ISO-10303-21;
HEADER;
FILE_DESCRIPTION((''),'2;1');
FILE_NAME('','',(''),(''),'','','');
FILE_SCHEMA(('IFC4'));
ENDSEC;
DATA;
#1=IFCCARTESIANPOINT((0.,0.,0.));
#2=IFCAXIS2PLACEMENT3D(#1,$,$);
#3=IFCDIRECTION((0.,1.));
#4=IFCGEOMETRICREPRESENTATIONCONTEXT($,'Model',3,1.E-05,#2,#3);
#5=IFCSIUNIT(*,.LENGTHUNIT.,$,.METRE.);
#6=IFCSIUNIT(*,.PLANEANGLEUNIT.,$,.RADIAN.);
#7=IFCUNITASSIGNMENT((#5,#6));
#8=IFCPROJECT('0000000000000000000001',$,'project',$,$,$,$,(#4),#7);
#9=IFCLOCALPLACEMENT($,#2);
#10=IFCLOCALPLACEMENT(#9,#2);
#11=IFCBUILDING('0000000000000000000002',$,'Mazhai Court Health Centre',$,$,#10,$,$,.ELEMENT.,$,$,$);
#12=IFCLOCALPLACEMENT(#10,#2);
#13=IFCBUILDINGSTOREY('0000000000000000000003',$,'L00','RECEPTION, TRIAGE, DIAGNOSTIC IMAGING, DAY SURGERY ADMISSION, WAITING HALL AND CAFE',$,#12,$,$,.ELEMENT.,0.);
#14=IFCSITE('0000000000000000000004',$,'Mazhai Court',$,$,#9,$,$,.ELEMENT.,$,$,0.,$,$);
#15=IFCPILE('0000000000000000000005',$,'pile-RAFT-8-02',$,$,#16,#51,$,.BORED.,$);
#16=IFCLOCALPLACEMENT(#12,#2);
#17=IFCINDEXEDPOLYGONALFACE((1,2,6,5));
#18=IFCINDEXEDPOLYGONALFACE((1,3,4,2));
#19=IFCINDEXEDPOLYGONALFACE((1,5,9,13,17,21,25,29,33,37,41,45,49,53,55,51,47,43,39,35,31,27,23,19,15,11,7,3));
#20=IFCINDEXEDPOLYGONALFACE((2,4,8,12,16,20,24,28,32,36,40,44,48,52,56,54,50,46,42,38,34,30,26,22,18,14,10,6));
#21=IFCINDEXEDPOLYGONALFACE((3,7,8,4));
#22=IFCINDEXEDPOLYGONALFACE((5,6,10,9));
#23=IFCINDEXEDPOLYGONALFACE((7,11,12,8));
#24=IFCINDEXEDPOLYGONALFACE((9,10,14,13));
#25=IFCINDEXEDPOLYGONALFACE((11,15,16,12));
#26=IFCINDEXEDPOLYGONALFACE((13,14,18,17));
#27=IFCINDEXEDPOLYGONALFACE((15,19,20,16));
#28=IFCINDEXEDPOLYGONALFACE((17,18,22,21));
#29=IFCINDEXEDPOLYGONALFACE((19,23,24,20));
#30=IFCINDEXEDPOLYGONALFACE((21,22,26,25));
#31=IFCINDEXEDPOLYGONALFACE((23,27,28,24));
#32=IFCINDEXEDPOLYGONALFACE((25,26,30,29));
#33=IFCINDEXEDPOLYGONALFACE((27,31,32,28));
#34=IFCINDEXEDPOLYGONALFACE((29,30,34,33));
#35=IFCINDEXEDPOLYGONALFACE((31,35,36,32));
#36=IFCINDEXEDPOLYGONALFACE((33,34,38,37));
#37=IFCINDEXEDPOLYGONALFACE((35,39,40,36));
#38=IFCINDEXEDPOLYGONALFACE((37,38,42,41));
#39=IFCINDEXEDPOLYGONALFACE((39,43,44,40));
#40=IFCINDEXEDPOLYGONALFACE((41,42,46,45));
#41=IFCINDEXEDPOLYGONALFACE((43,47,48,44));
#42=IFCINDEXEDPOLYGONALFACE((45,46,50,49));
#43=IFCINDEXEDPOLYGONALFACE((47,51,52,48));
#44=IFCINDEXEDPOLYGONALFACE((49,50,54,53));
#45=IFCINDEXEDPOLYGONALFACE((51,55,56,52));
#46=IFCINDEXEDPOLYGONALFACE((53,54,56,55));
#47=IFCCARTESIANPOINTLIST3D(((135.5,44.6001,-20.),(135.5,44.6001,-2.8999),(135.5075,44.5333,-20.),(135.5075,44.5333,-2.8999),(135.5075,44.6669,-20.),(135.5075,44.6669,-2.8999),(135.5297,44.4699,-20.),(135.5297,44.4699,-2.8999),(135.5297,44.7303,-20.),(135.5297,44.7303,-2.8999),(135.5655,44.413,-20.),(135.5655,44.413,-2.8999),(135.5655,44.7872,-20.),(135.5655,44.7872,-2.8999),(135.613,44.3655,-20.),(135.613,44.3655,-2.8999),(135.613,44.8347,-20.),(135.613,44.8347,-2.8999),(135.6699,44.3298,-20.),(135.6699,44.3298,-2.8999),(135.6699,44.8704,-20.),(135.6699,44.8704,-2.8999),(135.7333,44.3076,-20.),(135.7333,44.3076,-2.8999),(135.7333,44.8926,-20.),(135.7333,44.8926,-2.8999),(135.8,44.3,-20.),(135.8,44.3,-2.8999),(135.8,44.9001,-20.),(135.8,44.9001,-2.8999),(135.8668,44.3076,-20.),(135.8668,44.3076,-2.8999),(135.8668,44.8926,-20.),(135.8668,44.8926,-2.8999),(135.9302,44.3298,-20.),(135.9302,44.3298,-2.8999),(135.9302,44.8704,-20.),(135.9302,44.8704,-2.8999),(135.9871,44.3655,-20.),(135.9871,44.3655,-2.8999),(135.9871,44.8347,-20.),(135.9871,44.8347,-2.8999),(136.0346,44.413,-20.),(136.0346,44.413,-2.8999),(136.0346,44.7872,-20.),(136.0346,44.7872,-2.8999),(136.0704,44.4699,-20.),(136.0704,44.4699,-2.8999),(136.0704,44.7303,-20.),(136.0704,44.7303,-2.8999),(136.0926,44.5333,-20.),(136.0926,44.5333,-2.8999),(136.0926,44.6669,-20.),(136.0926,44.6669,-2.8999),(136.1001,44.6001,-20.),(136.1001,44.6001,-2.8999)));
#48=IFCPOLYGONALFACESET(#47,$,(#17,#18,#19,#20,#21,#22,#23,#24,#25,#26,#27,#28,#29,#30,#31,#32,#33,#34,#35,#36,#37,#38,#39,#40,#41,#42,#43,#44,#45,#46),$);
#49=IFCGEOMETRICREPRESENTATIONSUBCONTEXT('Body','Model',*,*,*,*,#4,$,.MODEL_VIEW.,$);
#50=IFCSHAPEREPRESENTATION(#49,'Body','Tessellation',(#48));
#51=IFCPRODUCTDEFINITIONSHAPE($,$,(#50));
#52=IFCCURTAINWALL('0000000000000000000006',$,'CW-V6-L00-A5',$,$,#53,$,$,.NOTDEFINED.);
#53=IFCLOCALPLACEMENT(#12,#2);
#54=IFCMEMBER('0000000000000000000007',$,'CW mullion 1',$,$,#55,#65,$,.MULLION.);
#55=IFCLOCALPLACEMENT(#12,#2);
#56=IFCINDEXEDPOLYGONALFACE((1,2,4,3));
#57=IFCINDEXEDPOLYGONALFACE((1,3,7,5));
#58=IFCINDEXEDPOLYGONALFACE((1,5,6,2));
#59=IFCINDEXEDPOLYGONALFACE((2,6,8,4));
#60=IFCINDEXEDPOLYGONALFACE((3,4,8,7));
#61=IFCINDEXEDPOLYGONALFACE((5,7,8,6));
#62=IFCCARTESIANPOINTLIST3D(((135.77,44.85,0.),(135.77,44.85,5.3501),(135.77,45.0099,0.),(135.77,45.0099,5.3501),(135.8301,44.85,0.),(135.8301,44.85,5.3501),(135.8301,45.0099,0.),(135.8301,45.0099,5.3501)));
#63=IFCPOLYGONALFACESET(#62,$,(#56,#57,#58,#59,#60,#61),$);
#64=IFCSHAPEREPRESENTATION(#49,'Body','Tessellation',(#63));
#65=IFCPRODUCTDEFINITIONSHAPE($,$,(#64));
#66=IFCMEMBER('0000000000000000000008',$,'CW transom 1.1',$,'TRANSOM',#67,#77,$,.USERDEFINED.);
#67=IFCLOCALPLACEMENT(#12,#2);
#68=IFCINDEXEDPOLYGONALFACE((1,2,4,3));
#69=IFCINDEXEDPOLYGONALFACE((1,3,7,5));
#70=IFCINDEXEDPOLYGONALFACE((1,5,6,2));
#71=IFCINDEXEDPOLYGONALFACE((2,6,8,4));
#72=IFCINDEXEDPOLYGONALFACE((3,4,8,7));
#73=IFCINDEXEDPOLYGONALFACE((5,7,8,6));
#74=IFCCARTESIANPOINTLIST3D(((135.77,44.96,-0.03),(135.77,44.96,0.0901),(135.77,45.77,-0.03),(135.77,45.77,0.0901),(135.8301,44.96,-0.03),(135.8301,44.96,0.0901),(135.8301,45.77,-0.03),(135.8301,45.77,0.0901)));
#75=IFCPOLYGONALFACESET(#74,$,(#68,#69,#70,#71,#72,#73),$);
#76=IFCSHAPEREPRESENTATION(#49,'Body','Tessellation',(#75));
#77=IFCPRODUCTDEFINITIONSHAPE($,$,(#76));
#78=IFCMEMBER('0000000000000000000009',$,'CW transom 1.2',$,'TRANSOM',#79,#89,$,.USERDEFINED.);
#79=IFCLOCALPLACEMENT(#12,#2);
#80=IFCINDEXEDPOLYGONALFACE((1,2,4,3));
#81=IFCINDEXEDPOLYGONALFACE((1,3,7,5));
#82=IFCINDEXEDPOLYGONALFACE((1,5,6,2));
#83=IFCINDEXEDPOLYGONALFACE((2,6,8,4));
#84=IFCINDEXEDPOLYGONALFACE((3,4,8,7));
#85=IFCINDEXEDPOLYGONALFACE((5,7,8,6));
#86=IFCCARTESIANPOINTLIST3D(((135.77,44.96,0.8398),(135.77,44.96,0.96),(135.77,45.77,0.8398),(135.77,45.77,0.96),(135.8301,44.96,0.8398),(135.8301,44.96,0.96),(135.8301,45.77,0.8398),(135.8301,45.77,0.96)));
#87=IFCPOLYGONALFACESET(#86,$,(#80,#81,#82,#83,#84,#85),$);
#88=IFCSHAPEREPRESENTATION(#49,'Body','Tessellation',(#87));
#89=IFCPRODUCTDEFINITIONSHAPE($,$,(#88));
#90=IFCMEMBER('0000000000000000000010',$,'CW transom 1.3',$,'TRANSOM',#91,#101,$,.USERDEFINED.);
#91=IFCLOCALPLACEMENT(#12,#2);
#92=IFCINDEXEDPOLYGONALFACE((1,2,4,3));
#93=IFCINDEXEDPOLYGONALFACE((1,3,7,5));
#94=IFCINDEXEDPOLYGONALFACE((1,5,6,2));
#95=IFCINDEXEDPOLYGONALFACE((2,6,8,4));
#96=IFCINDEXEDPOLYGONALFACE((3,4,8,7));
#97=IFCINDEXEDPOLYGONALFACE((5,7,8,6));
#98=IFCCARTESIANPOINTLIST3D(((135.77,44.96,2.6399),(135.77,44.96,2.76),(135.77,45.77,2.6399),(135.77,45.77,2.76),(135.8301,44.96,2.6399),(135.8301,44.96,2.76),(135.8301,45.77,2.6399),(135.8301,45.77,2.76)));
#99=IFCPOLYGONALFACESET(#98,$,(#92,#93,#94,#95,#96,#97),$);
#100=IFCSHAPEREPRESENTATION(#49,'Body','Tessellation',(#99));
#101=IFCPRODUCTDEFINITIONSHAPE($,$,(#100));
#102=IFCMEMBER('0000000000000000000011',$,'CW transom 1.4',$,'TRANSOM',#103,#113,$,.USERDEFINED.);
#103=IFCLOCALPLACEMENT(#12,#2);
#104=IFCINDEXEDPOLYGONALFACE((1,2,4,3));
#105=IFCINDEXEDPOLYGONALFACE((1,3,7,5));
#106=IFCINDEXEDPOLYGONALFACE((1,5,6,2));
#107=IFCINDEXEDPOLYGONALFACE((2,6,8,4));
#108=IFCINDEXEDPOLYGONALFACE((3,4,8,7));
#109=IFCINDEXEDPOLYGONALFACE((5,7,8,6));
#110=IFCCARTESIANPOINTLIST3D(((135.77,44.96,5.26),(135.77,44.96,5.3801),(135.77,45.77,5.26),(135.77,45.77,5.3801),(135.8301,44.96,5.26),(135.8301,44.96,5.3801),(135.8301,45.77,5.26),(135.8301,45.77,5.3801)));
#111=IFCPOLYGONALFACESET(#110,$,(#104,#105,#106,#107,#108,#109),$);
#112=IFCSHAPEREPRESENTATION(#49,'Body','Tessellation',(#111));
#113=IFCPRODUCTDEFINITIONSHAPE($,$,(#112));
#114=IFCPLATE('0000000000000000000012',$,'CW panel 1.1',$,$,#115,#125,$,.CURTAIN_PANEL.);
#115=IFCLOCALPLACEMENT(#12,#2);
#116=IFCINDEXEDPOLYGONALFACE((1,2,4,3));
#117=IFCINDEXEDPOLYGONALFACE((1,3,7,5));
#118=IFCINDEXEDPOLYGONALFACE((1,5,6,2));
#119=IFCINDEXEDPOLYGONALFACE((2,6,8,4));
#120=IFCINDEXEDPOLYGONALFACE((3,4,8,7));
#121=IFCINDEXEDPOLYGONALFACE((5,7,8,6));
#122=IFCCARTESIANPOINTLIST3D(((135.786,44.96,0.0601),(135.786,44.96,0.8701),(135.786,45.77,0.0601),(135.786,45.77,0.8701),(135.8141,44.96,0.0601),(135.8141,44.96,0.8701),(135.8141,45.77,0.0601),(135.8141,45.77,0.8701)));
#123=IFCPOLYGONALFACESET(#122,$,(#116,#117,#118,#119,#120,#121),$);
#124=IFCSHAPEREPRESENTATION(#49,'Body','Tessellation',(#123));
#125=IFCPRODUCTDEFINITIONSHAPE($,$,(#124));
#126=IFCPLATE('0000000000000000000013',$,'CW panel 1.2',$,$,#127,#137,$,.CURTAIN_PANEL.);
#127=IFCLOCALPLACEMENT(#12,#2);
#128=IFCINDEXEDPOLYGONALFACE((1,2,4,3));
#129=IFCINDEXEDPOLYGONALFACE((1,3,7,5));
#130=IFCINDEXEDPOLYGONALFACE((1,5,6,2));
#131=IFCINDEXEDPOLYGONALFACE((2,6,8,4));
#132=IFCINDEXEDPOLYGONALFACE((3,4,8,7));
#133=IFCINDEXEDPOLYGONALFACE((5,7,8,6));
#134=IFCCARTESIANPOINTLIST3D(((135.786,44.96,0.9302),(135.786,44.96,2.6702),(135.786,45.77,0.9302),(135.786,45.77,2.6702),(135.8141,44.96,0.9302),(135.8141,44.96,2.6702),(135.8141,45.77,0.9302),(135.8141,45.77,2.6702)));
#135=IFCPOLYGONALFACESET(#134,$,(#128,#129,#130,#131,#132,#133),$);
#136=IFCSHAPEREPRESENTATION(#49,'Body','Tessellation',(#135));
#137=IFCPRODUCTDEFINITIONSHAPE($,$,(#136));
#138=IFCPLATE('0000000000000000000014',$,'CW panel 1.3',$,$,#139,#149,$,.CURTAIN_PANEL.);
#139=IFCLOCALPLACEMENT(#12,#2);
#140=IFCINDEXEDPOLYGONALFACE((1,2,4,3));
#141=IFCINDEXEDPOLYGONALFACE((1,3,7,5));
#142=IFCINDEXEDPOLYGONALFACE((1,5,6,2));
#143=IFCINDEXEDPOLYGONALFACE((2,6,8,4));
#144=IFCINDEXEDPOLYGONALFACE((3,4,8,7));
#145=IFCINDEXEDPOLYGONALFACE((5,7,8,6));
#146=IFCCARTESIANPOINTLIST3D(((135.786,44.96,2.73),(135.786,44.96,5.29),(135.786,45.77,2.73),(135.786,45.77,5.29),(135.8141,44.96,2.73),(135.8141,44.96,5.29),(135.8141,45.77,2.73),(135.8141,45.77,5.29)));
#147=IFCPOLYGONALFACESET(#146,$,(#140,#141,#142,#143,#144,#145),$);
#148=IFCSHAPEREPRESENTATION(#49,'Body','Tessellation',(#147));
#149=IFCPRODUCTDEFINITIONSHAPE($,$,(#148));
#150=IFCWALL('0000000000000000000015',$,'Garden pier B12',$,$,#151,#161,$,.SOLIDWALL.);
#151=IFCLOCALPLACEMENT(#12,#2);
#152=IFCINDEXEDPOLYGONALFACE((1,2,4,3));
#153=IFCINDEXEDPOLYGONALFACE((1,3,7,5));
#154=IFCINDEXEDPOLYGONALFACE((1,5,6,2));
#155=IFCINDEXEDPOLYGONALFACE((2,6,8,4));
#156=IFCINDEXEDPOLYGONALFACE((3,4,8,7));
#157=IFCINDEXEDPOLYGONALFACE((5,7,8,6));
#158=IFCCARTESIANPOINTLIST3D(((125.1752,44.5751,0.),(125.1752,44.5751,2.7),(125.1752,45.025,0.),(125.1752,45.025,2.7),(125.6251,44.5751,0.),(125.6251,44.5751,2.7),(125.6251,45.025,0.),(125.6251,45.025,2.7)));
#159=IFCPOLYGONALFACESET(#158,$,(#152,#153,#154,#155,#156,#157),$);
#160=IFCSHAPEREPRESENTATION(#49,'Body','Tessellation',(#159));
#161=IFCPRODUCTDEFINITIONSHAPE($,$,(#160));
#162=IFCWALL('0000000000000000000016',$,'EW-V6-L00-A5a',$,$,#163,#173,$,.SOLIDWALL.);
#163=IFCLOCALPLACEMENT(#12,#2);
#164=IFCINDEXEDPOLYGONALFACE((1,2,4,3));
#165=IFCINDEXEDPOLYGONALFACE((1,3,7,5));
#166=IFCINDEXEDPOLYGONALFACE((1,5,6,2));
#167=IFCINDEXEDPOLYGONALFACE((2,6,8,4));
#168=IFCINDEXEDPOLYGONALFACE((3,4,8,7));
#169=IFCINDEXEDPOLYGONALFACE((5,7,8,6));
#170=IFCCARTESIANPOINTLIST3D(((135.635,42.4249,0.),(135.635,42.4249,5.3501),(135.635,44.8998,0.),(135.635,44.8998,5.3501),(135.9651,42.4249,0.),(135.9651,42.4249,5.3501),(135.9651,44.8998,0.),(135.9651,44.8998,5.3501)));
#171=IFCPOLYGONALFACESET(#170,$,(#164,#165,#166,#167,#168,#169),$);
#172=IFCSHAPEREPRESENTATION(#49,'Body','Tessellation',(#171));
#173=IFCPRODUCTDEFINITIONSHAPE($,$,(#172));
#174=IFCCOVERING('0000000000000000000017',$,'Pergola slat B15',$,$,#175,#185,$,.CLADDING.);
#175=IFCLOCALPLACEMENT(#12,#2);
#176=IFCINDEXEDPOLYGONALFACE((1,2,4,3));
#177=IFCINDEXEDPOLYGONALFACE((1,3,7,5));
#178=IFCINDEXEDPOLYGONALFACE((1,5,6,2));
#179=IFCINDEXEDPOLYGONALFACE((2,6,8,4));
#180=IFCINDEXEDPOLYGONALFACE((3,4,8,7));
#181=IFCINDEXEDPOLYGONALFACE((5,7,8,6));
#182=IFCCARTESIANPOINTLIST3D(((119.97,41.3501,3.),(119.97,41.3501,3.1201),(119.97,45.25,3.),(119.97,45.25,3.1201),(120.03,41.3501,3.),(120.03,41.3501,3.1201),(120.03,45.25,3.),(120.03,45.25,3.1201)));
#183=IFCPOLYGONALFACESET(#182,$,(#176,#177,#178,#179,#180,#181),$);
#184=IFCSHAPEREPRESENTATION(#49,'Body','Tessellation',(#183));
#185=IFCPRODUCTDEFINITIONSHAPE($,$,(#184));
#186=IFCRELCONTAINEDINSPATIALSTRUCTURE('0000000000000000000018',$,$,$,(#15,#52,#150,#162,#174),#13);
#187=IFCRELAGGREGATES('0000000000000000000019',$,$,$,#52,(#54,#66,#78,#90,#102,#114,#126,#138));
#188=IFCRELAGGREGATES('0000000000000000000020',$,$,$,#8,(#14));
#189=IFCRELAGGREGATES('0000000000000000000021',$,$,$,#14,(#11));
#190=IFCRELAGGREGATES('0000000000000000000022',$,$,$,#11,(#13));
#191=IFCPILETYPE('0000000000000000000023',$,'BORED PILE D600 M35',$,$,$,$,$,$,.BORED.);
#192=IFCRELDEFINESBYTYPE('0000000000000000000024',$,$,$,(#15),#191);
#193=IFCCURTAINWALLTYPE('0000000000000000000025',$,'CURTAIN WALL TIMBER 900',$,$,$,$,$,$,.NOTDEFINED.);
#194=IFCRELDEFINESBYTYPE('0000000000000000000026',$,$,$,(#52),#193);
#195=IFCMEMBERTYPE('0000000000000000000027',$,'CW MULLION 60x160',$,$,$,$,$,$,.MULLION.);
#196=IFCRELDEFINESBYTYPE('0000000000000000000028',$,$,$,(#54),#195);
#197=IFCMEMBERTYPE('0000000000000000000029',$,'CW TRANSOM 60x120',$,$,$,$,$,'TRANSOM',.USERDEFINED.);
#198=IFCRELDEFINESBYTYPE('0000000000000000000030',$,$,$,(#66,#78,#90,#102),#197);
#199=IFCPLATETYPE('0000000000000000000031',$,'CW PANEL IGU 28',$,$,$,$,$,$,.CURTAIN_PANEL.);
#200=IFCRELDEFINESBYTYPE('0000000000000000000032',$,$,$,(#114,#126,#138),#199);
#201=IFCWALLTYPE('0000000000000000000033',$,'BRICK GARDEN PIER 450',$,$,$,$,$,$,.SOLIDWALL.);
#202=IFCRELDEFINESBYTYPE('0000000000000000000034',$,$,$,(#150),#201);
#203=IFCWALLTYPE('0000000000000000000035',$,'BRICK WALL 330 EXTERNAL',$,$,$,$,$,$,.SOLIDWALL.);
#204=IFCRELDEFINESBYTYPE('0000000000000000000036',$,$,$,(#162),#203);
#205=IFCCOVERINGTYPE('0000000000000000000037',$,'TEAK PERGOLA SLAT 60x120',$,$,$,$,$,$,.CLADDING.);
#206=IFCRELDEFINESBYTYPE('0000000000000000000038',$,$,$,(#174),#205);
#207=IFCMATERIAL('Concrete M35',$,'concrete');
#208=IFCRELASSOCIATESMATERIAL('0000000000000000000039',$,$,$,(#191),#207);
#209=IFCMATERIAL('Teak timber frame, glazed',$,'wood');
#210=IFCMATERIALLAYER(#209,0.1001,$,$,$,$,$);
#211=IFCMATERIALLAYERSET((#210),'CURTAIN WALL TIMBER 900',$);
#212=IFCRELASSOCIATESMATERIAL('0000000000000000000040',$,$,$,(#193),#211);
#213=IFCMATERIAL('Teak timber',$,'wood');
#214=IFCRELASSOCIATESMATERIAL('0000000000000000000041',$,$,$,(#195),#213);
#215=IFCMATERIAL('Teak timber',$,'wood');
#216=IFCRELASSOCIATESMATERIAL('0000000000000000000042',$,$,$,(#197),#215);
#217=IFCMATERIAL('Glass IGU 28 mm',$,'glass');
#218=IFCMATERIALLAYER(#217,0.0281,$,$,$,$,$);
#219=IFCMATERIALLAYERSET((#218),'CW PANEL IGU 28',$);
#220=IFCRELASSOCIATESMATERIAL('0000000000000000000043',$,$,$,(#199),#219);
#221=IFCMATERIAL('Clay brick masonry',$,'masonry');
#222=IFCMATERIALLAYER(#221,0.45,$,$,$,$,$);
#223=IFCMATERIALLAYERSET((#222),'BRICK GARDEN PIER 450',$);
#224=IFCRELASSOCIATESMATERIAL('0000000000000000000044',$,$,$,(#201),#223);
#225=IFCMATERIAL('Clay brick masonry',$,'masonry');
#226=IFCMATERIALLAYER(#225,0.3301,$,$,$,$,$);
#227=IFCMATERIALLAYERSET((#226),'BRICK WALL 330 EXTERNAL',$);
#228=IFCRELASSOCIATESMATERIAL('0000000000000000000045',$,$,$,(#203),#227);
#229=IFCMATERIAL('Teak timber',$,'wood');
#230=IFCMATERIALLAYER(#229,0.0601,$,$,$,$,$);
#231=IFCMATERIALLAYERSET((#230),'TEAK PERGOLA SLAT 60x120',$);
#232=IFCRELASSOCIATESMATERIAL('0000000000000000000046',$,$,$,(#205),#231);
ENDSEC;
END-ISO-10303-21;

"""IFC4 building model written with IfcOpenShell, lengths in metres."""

from ifc_helpers import new_model, si_unit, direction, frame, frame_2d, origin, origin_2d, place, context, subcontext, project, spatial, rectangle, circle, extrude, material, layer, layer_set, material_profile, profile_set, type_object, element, aggregate, save


model = new_model("IFC4")

# Units and contexts
model_context = context("Model", 3, precision=1e-05, world=origin(), true_north=direction((0.0, 1.0)))
body_context = subcontext(model_context, "Body", "Model", "MODEL_VIEW")
ifc_project = project(units=[si_unit("LENGTHUNIT", "METRE"), si_unit("PLANEANGLEUNIT", "RADIAN")], contexts=[model_context])

# Site, building, storey
site_placement = place(None, origin())
site = spatial("IfcSite", under=ifc_project, at=site_placement, Name="Mazhai Court", CompositionType="ELEMENT", RefElevation=0.0)
building_placement = place(site_placement, origin())
building = spatial("IfcBuilding", under=site, at=building_placement, Name="Mazhai Court Health Centre", CompositionType="ELEMENT")
storey_placement = place(building_placement, origin())
storey = spatial("IfcBuildingStorey", under=building, at=storey_placement, Name="L00", Description="RECEPTION, TRIAGE, DIAGNOSTIC IMAGING, DAY SURGERY ADMISSION, WAITING HALL AND CAFE", CompositionType="ELEMENT", Elevation=0.0)

# Pile
ifc_material_1 = material(Name="Concrete M35", Category="concrete")
ifc_material_profile_1 = material_profile(ifc_material_1, circle(Radius=0.3, at=origin_2d()), Name="RC PILE D600")
ifc_profile_set_1 = profile_set([ifc_material_profile_1], Name="Concrete M35")
pile_type = type_object("IfcPileType", Name="BORED PILE D600 M35", PredefinedType="BORED", material=ifc_profile_set_1)
pile_placement = place(storey_placement, frame((135.8, 44.6001, -2.8999), z_axis=(0.0, 0.0, -1.0), x_axis=(1.0, 0.0, 0.0)))
element("IfcPile", 1, at=pile_placement, inside=storey, type_object=pile_type, Name="pile-RAFT-8-02", PredefinedType="BORED", context=body_context, shape_type="SweptSolid", body=[
    extrude(circle(Radius=0.3, at=origin_2d()), origin(), (0.0, 0.0, 1.0), 17.1001),
])

# Curtain wall, members, plates
ifc_material_2 = material(Name="Teak timber frame, glazed", Category="wood")
ifc_layer_1 = layer(ifc_material_2, 0.1001)
ifc_layer_set_1 = layer_set([ifc_layer_1], Name="CURTAIN WALL TIMBER 900")
curtain_wall_type = type_object("IfcCurtainWallType", Name="CURTAIN WALL TIMBER 900", PredefinedType="NOTDEFINED", material=ifc_layer_set_1)
curtain_wall_placement = place(storey_placement, origin())
curtain_wall = element("IfcCurtainWall", 2, at=curtain_wall_placement, inside=storey, type_object=curtain_wall_type, Name="CW-V6-L00-A5", PredefinedType="NOTDEFINED")
ifc_material_3 = material(Name="Teak timber", Category="wood")
ifc_material_profile_2 = material_profile(ifc_material_3, rectangle(XDim=0.0601, YDim=0.1599, at=origin_2d()), Name="CW MULLION 60x160")
ifc_profile_set_2 = profile_set([ifc_material_profile_2], Name="Teak timber")
member_type_1 = type_object("IfcMemberType", Name="CW MULLION 60x160", PredefinedType="MULLION", material=ifc_profile_set_2)
member_1_placement = place(storey_placement, frame((135.8, 44.9299, 0.0), z_axis=(0.0, 0.0, 1.0), x_axis=(-1.0, 0.0, 0.0)))
member_1 = element("IfcMember", 3, at=member_1_placement, type_object=member_type_1, Name="CW mullion 1", PredefinedType="MULLION", context=body_context, shape_type="SweptSolid", body=[
    extrude(rectangle(XDim=0.0601, YDim=0.1599, at=origin_2d()), origin(), (0.0, 0.0, 1.0), 5.3501),
])
ifc_material_4 = material(Name="Teak timber", Category="wood")
ifc_material_profile_3 = material_profile(ifc_material_4, rectangle(XDim=0.0601, YDim=0.1201, at=origin_2d()), Name="CW TRANSOM 60x120")
ifc_profile_set_3 = profile_set([ifc_material_profile_3], Name="Teak timber")
member_type_2 = type_object("IfcMemberType", Name="CW TRANSOM 60x120", ElementType="TRANSOM", PredefinedType="USERDEFINED", material=ifc_profile_set_3)
member_2_placement = place(storey_placement, frame((135.8, 44.96, 0.03), z_axis=(0.0, 1.0, 0.0), x_axis=(-1.0, 0.0, 0.0)))
member_2 = element("IfcMember", 4, at=member_2_placement, type_object=member_type_2, Name="CW transom 1.1", ObjectType="TRANSOM", PredefinedType="USERDEFINED", context=body_context, shape_type="SweptSolid", body=[
    extrude(rectangle(XDim=0.0601, YDim=0.1201, at=origin_2d()), origin(), (0.0, 0.0, 1.0), 0.8101),
])
member_3_placement = place(storey_placement, frame((135.8, 44.96, 0.8999), z_axis=(0.0, 1.0, 0.0), x_axis=(-1.0, 0.0, 0.0)))
member_3 = element("IfcMember", 5, at=member_3_placement, type_object=member_type_2, Name="CW transom 1.2", ObjectType="TRANSOM", PredefinedType="USERDEFINED", context=body_context, shape_type="SweptSolid", body=[
    extrude(rectangle(XDim=0.0601, YDim=0.1201, at=origin_2d()), origin(), (0.0, 0.0, 1.0), 0.8101),
])
member_4_placement = place(storey_placement, frame((135.8, 44.96, 2.7), z_axis=(0.0, 1.0, 0.0), x_axis=(-1.0, 0.0, 0.0)))
member_4 = element("IfcMember", 6, at=member_4_placement, type_object=member_type_2, Name="CW transom 1.3", ObjectType="TRANSOM", PredefinedType="USERDEFINED", context=body_context, shape_type="SweptSolid", body=[
    extrude(rectangle(XDim=0.0601, YDim=0.1201, at=origin_2d()), origin(), (0.0, 0.0, 1.0), 0.8101),
])
member_5_placement = place(storey_placement, frame((135.8, 44.96, 5.3201), z_axis=(0.0, 1.0, 0.0), x_axis=(-1.0, 0.0, 0.0)))
member_5 = element("IfcMember", 7, at=member_5_placement, type_object=member_type_2, Name="CW transom 1.4", ObjectType="TRANSOM", PredefinedType="USERDEFINED", context=body_context, shape_type="SweptSolid", body=[
    extrude(rectangle(XDim=0.0601, YDim=0.1201, at=origin_2d()), origin(), (0.0, 0.0, 1.0), 0.8101),
])
ifc_material_5 = material(Name="Glass IGU 28 mm", Category="glass")
ifc_layer_2 = layer(ifc_material_5, 0.0281)
ifc_layer_set_2 = layer_set([ifc_layer_2], Name="CW PANEL IGU 28")
plate_type = type_object("IfcPlateType", Name="CW PANEL IGU 28", PredefinedType="CURTAIN_PANEL", material=ifc_layer_set_2)
plate_1_placement = place(storey_placement, frame((135.8, 45.365, 0.0601), z_axis=(0.0, 0.0, 1.0), x_axis=(0.0, 1.0, 0.0)))
plate_1 = element("IfcPlate", 8, at=plate_1_placement, type_object=plate_type, Name="CW panel 1.1", PredefinedType="CURTAIN_PANEL", context=body_context, shape_type="SweptSolid", body=[
    extrude(rectangle(XDim=0.8101, YDim=0.0281, at=origin_2d()), origin(), (0.0, 0.0, 1.0), 0.8101),
])
plate_2_placement = place(storey_placement, frame((135.8, 45.365, 0.9302), z_axis=(0.0, 0.0, 1.0), x_axis=(0.0, 1.0, 0.0)))
plate_2 = element("IfcPlate", 9, at=plate_2_placement, type_object=plate_type, Name="CW panel 1.2", PredefinedType="CURTAIN_PANEL", context=body_context, shape_type="SweptSolid", body=[
    extrude(rectangle(XDim=0.8101, YDim=0.0281, at=origin_2d()), origin(), (0.0, 0.0, 1.0), 1.74),
])
plate_3_placement = place(storey_placement, frame((135.8, 45.365, 2.73), z_axis=(0.0, 0.0, 1.0), x_axis=(0.0, 1.0, 0.0)))
plate_3 = element("IfcPlate", 10, at=plate_3_placement, type_object=plate_type, Name="CW panel 1.3", PredefinedType="CURTAIN_PANEL", context=body_context, shape_type="SweptSolid", body=[
    extrude(rectangle(XDim=0.8101, YDim=0.0281, at=origin_2d()), origin(), (0.0, 0.0, 1.0), 2.5601),
])
aggregate(curtain_wall, [member_1, member_2, member_3, member_4, member_5, plate_1, plate_2, plate_3])

# Walls
ifc_material_6 = material(Name="Clay brick masonry", Category="masonry")
ifc_layer_3 = layer(ifc_material_6, 0.45)
ifc_layer_set_3 = layer_set([ifc_layer_3], Name="BRICK GARDEN PIER 450")
wall_type_1 = type_object("IfcWallType", Name="BRICK GARDEN PIER 450", PredefinedType="SOLIDWALL", material=ifc_layer_set_3)
wall_1_placement = place(storey_placement, frame((125.175, 44.8, 0.0), z_axis=(0.0, 0.0, 1.0), x_axis=(1.0, 0.0, 0.0)))
element("IfcWall", 11, at=wall_1_placement, inside=storey, type_object=wall_type_1, Name="Garden pier B12", PredefinedType="SOLIDWALL", context=body_context, shape_type="SweptSolid", body=[
    extrude(rectangle(XDim=0.45, YDim=0.45, at=frame_2d((0.2251, 0.0))), origin(), (0.0, 0.0, 1.0), 2.7),
])
ifc_material_7 = material(Name="Clay brick masonry", Category="masonry")
ifc_layer_4 = layer(ifc_material_7, 0.3301)
ifc_layer_set_4 = layer_set([ifc_layer_4], Name="BRICK WALL 330 EXTERNAL")
wall_type_2 = type_object("IfcWallType", Name="BRICK WALL 330 EXTERNAL", PredefinedType="SOLIDWALL", material=ifc_layer_set_4)
wall_2_placement = place(storey_placement, frame((135.8, 42.425, 0.0), z_axis=(0.0, 0.0, 1.0), x_axis=(0.0, 1.0, 0.0)))
element("IfcWall", 12, at=wall_2_placement, inside=storey, type_object=wall_type_2, Name="EW-V6-L00-A5a", PredefinedType="SOLIDWALL", context=body_context, shape_type="SweptSolid", body=[
    extrude(rectangle(XDim=2.4749, YDim=0.3301, at=frame_2d((1.2373, 0.0))), origin(), (0.0, 0.0, 1.0), 5.3501),
])

# Covering
ifc_material_8 = material(Name="Teak timber", Category="wood")
ifc_layer_5 = layer(ifc_material_8, 0.0601)
ifc_layer_set_5 = layer_set([ifc_layer_5], Name="TEAK PERGOLA SLAT 60x120")
covering_type = type_object("IfcCoveringType", Name="TEAK PERGOLA SLAT 60x120", PredefinedType="CLADDING", material=ifc_layer_set_5)
for number, where, z_axis, x_axis, name in (
    (13, (120.0, 43.3, 3.0), (0.0, 0.0, 1.0), (1.0, 0.0, 0.0), "Pergola slat B15"),
):
    element("IfcCovering", number, at=place(storey_placement, frame(where, z_axis=z_axis, x_axis=x_axis)), inside=storey, type_object=covering_type, Name=name, PredefinedType="CLADDING", context=body_context, shape_type="SweptSolid", body=[
        extrude(rectangle(XDim=0.0601, YDim=3.8999, at=origin_2d()), origin(), (0.0, 0.0, 1.0), 0.1201),
    ])

save(model, "model.ifc")
